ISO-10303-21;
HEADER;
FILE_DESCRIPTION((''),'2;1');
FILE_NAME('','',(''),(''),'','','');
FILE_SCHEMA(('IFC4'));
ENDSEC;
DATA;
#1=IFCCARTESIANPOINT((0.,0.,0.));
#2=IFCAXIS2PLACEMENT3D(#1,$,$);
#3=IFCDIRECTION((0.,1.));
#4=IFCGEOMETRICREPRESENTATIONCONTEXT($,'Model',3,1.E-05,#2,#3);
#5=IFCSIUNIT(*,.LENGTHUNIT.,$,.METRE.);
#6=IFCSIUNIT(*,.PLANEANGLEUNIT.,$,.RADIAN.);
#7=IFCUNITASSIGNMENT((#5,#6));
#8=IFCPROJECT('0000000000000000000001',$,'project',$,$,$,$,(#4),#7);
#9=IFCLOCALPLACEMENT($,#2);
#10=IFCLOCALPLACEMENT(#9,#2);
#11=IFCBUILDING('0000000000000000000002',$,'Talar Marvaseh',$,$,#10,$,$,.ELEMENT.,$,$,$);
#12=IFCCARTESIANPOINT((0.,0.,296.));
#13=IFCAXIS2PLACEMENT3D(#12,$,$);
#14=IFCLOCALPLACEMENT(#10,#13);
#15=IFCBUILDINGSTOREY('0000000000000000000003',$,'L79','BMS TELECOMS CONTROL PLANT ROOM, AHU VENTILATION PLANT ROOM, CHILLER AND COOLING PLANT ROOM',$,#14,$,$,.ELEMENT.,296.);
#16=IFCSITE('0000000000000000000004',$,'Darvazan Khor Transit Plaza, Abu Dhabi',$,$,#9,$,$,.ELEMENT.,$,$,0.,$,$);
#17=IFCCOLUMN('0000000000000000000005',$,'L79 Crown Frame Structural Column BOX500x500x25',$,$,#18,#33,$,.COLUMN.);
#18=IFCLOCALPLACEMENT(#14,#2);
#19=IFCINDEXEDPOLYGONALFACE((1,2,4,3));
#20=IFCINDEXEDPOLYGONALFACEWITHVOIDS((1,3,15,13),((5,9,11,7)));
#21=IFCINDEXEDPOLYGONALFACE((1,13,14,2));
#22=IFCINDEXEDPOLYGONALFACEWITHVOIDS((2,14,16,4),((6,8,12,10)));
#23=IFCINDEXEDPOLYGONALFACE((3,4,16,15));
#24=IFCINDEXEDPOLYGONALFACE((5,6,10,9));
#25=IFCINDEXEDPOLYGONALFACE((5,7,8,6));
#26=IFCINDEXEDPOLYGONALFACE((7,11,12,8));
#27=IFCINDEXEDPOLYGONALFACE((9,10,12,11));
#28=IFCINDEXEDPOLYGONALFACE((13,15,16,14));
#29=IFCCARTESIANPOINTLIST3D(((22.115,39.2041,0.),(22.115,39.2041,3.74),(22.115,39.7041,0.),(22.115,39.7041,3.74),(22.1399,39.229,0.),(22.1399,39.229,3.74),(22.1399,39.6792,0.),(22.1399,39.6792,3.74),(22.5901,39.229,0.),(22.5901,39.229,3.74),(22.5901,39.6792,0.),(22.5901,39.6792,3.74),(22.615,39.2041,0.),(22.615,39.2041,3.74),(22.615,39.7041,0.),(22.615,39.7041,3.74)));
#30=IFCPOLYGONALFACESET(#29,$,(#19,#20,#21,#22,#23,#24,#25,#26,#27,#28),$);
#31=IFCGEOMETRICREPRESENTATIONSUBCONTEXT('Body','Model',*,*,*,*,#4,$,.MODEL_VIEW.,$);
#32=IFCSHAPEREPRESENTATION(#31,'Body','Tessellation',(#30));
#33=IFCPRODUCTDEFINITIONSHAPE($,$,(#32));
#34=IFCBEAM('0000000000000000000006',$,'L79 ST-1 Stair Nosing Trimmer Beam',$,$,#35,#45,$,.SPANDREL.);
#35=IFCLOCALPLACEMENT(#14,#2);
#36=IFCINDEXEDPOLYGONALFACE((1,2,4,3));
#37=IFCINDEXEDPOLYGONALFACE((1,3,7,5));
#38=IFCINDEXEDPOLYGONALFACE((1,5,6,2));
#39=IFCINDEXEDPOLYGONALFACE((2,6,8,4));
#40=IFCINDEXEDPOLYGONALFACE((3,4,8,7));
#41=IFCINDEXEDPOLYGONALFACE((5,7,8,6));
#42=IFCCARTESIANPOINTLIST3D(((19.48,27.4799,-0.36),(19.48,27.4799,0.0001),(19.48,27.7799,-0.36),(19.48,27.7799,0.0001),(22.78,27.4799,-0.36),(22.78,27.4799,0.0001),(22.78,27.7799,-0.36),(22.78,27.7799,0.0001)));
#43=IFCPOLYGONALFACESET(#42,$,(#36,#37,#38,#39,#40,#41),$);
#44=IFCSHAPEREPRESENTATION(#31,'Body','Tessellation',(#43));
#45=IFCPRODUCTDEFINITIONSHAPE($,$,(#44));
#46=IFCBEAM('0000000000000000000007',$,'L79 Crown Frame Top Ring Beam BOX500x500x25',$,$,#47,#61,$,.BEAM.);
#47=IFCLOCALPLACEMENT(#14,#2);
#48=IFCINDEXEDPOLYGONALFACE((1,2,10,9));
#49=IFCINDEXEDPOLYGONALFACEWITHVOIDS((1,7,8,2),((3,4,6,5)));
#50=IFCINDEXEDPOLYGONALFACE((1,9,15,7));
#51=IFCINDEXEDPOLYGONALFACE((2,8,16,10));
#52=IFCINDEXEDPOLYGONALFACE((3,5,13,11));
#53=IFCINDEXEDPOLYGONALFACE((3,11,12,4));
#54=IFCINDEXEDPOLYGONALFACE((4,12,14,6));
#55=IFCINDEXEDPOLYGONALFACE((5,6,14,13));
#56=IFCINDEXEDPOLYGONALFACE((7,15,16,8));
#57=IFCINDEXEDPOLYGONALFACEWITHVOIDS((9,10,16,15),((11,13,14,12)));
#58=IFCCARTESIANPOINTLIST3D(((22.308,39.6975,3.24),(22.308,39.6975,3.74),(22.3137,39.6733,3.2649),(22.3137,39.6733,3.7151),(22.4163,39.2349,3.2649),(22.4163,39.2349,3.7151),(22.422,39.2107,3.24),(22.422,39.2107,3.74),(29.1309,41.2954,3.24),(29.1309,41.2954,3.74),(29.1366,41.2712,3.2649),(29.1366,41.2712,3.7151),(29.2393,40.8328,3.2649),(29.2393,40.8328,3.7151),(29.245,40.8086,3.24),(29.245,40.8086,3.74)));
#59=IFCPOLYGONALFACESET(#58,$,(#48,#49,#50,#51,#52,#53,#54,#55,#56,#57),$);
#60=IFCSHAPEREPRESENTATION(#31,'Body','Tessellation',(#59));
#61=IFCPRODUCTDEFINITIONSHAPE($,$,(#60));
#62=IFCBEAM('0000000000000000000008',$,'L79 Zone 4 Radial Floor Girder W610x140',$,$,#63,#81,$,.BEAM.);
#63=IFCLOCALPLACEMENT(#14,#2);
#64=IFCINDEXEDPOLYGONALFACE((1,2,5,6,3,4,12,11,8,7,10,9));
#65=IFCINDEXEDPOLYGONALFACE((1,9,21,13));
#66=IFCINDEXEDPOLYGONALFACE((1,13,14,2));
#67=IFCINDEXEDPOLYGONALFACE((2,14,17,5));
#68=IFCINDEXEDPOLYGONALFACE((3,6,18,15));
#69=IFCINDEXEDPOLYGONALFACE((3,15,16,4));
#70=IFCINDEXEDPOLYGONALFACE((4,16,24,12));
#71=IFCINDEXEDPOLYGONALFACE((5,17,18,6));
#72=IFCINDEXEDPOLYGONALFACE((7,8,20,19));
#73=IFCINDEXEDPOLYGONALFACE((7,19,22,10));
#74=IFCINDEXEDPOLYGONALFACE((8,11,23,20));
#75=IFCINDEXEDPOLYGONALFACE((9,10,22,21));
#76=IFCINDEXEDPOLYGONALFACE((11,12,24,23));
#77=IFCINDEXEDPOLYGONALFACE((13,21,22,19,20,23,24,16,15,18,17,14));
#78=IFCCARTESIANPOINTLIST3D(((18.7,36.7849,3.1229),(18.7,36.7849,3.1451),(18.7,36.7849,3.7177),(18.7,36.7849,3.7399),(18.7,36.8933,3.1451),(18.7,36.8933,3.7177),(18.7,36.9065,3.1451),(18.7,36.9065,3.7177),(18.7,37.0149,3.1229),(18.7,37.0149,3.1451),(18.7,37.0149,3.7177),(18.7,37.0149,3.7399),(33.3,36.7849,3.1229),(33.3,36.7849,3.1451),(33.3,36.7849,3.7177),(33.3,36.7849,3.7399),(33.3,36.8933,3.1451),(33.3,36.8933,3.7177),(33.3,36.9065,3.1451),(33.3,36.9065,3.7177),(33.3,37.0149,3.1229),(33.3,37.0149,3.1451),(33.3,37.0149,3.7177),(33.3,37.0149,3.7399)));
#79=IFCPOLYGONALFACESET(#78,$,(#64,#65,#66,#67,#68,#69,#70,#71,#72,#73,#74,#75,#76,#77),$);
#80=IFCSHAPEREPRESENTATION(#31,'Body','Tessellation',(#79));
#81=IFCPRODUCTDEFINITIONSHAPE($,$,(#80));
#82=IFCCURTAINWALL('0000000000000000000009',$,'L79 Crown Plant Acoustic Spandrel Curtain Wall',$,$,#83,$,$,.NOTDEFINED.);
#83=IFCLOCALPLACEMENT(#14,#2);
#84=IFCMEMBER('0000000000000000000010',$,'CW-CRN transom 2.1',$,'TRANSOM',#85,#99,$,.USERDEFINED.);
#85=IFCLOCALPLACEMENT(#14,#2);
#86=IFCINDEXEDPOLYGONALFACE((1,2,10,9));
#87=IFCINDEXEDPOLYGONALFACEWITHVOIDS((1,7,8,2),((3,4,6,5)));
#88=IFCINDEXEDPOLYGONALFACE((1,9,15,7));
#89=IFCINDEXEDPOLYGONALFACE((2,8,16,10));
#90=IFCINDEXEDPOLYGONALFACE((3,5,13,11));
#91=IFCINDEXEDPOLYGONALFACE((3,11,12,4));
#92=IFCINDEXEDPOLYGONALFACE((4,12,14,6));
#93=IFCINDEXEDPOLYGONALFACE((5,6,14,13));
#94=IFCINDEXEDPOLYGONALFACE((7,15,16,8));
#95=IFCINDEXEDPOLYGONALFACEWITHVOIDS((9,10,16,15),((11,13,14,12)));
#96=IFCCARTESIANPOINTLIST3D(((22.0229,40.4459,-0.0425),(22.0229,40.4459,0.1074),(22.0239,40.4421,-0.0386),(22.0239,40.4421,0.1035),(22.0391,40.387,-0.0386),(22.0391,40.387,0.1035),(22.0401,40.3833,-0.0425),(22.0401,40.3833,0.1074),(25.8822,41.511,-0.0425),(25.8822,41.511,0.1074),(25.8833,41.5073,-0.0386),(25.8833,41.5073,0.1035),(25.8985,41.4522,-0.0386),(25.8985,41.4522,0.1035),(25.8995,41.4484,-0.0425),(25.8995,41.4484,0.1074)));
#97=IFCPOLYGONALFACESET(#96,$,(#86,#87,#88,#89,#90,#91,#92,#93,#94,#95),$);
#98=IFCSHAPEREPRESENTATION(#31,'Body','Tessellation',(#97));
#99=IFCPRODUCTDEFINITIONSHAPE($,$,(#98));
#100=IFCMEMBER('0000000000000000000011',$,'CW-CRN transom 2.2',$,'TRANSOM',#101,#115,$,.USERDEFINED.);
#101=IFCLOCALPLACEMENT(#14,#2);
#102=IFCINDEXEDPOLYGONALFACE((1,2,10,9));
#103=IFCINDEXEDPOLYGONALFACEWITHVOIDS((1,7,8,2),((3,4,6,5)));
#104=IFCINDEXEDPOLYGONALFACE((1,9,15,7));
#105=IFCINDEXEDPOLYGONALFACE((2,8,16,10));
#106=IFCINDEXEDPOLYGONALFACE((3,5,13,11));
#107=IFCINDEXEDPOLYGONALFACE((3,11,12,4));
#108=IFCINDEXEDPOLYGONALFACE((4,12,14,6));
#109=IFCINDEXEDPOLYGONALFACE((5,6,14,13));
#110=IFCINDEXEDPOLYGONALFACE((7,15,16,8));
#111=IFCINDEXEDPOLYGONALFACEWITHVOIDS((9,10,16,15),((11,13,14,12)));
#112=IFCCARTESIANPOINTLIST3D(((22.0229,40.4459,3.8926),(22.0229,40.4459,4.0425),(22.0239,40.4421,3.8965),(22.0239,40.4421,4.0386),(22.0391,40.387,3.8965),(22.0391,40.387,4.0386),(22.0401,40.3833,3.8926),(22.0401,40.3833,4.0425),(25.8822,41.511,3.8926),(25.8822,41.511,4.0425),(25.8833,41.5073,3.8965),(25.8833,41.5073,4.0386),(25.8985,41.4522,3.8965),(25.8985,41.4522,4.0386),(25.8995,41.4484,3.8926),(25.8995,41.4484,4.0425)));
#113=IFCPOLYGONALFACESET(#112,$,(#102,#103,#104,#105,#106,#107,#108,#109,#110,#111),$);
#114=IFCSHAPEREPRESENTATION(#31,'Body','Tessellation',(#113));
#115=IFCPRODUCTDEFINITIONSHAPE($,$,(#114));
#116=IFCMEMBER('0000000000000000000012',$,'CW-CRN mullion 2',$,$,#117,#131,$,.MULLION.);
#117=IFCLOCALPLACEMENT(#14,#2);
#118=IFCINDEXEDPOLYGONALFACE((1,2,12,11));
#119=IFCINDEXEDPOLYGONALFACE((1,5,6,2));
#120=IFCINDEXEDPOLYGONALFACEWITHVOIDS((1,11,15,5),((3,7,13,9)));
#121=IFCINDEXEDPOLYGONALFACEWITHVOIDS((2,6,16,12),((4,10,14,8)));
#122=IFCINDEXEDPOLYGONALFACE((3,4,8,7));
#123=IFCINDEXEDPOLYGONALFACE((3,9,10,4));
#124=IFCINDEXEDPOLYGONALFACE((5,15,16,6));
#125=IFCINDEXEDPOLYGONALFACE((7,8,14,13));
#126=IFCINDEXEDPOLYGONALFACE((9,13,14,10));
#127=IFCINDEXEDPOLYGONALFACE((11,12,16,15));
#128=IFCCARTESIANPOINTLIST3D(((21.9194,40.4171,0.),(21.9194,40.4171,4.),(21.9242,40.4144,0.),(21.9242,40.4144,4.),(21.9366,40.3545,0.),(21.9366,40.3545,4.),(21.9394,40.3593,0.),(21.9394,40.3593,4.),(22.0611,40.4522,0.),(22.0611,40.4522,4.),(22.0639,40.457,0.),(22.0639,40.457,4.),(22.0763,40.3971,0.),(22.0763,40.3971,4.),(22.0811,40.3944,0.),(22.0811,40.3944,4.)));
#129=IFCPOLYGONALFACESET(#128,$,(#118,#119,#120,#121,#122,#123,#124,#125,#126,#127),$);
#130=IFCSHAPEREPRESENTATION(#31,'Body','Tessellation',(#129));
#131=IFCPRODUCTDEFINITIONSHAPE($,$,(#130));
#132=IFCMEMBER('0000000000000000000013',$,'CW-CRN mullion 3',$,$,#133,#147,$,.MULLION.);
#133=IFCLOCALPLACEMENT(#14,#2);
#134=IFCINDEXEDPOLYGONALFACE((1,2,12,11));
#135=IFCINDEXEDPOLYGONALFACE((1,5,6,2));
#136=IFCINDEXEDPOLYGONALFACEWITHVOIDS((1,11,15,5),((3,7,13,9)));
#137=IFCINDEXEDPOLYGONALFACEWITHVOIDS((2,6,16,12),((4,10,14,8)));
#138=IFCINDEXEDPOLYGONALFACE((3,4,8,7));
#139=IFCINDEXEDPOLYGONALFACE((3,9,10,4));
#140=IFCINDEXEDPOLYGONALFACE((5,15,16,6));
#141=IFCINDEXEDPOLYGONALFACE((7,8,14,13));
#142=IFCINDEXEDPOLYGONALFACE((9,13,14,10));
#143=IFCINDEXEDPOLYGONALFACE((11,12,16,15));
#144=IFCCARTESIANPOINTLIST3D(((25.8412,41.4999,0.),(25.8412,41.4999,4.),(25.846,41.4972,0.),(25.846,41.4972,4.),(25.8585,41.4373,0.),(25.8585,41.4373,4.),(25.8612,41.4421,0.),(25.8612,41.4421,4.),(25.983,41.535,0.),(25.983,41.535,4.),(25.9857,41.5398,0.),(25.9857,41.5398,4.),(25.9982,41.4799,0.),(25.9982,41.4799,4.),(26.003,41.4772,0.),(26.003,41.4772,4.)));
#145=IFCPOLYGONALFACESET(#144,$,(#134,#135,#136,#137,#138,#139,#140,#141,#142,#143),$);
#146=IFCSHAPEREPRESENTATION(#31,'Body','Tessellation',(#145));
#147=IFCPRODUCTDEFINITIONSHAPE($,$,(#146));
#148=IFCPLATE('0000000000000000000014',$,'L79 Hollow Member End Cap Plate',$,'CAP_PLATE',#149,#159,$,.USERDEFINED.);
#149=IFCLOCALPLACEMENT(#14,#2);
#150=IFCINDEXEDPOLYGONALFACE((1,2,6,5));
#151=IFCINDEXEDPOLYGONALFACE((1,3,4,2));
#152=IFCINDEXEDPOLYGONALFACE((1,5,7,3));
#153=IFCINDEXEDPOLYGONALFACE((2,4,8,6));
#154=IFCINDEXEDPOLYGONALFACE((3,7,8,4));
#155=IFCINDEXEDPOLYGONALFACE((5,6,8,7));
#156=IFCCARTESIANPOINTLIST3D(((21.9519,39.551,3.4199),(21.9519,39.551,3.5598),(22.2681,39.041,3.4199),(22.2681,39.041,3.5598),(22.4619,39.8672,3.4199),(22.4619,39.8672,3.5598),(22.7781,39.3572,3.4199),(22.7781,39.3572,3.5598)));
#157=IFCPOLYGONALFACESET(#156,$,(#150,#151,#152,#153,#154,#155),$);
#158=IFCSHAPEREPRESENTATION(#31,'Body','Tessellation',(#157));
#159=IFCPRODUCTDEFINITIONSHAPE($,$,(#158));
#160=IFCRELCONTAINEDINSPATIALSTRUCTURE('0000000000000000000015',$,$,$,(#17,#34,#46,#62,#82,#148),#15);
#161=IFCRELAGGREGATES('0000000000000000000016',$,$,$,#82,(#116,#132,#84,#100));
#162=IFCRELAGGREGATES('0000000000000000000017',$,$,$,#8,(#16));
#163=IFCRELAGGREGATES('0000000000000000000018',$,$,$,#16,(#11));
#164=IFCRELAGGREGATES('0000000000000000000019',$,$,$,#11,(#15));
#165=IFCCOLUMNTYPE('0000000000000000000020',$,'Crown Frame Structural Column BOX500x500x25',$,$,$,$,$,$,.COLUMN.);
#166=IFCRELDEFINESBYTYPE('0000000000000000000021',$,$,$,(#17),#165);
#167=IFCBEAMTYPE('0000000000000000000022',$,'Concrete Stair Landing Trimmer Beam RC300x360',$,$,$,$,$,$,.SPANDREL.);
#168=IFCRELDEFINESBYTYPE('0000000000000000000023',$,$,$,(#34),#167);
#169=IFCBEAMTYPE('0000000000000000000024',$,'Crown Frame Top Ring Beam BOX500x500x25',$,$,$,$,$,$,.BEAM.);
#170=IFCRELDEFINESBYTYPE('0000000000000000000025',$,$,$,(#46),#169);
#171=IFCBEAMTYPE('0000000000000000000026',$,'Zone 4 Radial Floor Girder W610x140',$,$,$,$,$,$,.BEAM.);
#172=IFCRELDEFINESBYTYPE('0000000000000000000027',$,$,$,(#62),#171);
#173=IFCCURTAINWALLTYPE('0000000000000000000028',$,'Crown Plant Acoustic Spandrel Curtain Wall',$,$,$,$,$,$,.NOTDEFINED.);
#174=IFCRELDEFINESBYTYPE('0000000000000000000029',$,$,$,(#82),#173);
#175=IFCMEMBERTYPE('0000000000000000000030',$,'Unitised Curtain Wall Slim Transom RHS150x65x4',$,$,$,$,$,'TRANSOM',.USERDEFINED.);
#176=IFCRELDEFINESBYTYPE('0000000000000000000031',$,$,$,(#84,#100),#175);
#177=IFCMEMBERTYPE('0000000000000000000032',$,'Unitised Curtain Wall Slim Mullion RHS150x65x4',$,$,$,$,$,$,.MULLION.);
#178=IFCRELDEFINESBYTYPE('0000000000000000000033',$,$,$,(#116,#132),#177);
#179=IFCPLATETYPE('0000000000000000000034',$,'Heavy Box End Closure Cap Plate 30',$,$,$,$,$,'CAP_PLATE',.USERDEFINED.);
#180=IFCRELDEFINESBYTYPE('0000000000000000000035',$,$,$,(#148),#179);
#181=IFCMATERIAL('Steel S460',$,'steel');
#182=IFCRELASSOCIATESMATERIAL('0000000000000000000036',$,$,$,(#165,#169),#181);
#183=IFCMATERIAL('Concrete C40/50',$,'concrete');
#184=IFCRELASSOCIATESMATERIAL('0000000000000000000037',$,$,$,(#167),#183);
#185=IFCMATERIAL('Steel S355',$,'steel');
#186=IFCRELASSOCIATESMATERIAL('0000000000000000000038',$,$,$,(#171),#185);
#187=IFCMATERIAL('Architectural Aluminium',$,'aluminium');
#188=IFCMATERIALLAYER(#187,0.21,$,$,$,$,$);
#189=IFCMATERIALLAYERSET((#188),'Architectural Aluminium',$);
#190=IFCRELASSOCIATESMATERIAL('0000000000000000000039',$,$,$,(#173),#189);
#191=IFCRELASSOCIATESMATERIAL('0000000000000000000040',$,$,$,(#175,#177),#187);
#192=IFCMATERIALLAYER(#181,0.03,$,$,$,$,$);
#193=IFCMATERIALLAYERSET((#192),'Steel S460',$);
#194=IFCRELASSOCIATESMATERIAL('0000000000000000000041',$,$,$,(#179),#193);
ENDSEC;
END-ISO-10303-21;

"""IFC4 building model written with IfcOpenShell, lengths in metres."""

from ifc_helpers import new_model, si_unit, direction, frame, origin, origin_2d, place, context, subcontext, project, spatial, rectangle, hollow_rectangle, i_section, extrude, source, transform, mapped, material, layer, layer_set, material_profile, profile_set, type_object, type_shapes, element, aggregate, save


model = new_model("IFC4")

# Units and contexts
model_context = context("Model", 3, precision=1e-05, world=origin(), true_north=direction((0.0, 1.0)))
body_context = subcontext(model_context, "Body", "Model", "MODEL_VIEW")
ifc_project = project(units=[si_unit("LENGTHUNIT", "METRE"), si_unit("PLANEANGLEUNIT", "RADIAN")], contexts=[model_context])

# Site, building, storey
site_placement = place(None, origin())
site = spatial("IfcSite", under=ifc_project, at=site_placement, Name="Darvazan Khor Transit Plaza, Abu Dhabi", CompositionType="ELEMENT", RefElevation=0.0)
building_placement = place(site_placement, origin())
building = spatial("IfcBuilding", under=site, at=building_placement, Name="Talar Marvaseh", CompositionType="ELEMENT")
storey_placement = place(building_placement, frame((0.0, 0.0, 296.0)))
storey = spatial("IfcBuildingStorey", under=building, at=storey_placement, Name="L79", Description="BMS TELECOMS CONTROL PLANT ROOM, AHU VENTILATION PLANT ROOM, CHILLER AND COOLING PLANT ROOM", CompositionType="ELEMENT", Elevation=296.0)

# Column
ifc_material_1 = material(Name="Steel S460", Category="steel")
ifc_material_profile_1 = material_profile(ifc_material_1, hollow_rectangle(XDim=0.5, YDim=0.5, WallThickness=0.0249, at=origin_2d()), Name="BOX500x500x25")
ifc_profile_set_1 = profile_set([ifc_material_profile_1], Name="Steel S460")
column_type = type_object("IfcColumnType", Name="Crown Frame Structural Column BOX500x500x25", PredefinedType="COLUMN", material=ifc_profile_set_1)
column_placement = place(storey_placement, frame((22.365, 39.4541, 0.0), z_axis=(0.0, 0.0, 1.0), x_axis=(1.0, 0.0, 0.0)))
element("IfcColumn", 1, at=column_placement, inside=storey, type_object=column_type, Name="L79 Crown Frame Structural Column BOX500x500x25", PredefinedType="COLUMN", context=body_context, shape_type="SweptSolid", body=[
    extrude(hollow_rectangle(XDim=0.5, YDim=0.5, WallThickness=0.0249, at=origin_2d()), origin(), (0.0, 0.0, 1.0), 3.74),
])

# Beams
ifc_material_2 = material(Name="Concrete C40/50", Category="concrete")
ifc_material_profile_2 = material_profile(ifc_material_2, rectangle(XDim=0.3, YDim=0.3601, at=origin_2d()), Name="RC300x360")
ifc_profile_set_2 = profile_set([ifc_material_profile_2], Name="Concrete C40/50")
beam_type_1 = type_object("IfcBeamType", Name="Concrete Stair Landing Trimmer Beam RC300x360", PredefinedType="SPANDREL", material=ifc_profile_set_2)
beam_1_placement = place(storey_placement, frame((22.78, 27.6299, -0.1799), z_axis=(-1.0, 0.0, 0.0), x_axis=(0.0, -1.0, 0.0)))
element("IfcBeam", 2, at=beam_1_placement, inside=storey, type_object=beam_type_1, Name="L79 ST-1 Stair Nosing Trimmer Beam", PredefinedType="SPANDREL", context=body_context, shape_type="SweptSolid", body=[
    extrude(rectangle(XDim=0.3, YDim=0.3601, at=origin_2d()), origin(), (0.0, 0.0, 1.0), 3.3),
])
ifc_material_profile_3 = material_profile(ifc_material_1, hollow_rectangle(XDim=0.5, YDim=0.5, WallThickness=0.0249, at=origin_2d()), Name="BOX500x500x25")
ifc_profile_set_3 = profile_set([ifc_material_profile_3], Name="Steel S460")
beam_type_2 = type_object("IfcBeamType", Name="Crown Frame Top Ring Beam BOX500x500x25", PredefinedType="BEAM", material=ifc_profile_set_3)
beam_2_placement = place(storey_placement, frame((22.365, 39.4541, 3.49), z_axis=(0.973656, 0.228024, 0.0), x_axis=(-0.228024, 0.973656, 0.0)))
element("IfcBeam", 3, at=beam_2_placement, inside=storey, type_object=beam_type_2, Name="L79 Crown Frame Top Ring Beam BOX500x500x25", PredefinedType="BEAM", context=body_context, shape_type="SweptSolid", body=[
    extrude(hollow_rectangle(XDim=0.5, YDim=0.5, WallThickness=0.0249, at=origin_2d()), origin(), (0.0, 0.0, 1.0), 7.0076),
])
ifc_material_3 = material(Name="Steel S355", Category="steel")
ifc_material_profile_4 = material_profile(ifc_material_3, i_section(OverallWidth=0.23, OverallDepth=0.6169, WebThickness=0.0132, FlangeThickness=0.0222, at=origin_2d()), Name="W610x140")
ifc_profile_set_4 = profile_set([ifc_material_profile_4], Name="Steel S355")
beam_type_3 = type_object("IfcBeamType", Name="Zone 4 Radial Floor Girder W610x140", PredefinedType="BEAM", material=ifc_profile_set_4)
beam_3_placement = place(storey_placement, frame((18.7, 36.8999, 3.4314), z_axis=(1.0, 0.0, 0.0), x_axis=(0.0, 1.0, 0.0)))
element("IfcBeam", 4, at=beam_3_placement, inside=storey, type_object=beam_type_3, Name="L79 Zone 4 Radial Floor Girder W610x140", PredefinedType="BEAM", context=body_context, shape_type="SweptSolid", body=[
    extrude(i_section(OverallWidth=0.23, OverallDepth=0.6169, WebThickness=0.0132, FlangeThickness=0.0222, at=origin_2d()), origin(), (0.0, 0.0, 1.0), 14.6001),
])

# Curtain wall, members
ifc_material_4 = material(Name="Architectural Aluminium", Category="aluminium")
ifc_layer_1 = layer(ifc_material_4, 0.21)
ifc_layer_set_1 = layer_set([ifc_layer_1], Name="Architectural Aluminium")
curtain_wall_type = type_object("IfcCurtainWallType", Name="Crown Plant Acoustic Spandrel Curtain Wall", PredefinedType="NOTDEFINED", material=ifc_layer_set_1)
curtain_wall_placement = place(storey_placement, origin())
curtain_wall = element("IfcCurtainWall", 5, at=curtain_wall_placement, inside=storey, type_object=curtain_wall_type, Name="L79 Crown Plant Acoustic Spandrel Curtain Wall", PredefinedType="NOTDEFINED")
ifc_material_profile_5 = material_profile(ifc_material_4, hollow_rectangle(XDim=0.0649, YDim=0.1499, WallThickness=0.0039, at=origin_2d()), Name="RHS150x65x4")
ifc_profile_set_5 = profile_set([ifc_material_profile_5], Name="Architectural Aluminium")
member_type_1 = type_object("IfcMemberType", Name="Unitised Curtain Wall Slim Transom RHS150x65x4", ElementType="TRANSOM", PredefinedType="USERDEFINED", material=ifc_profile_set_5)
shared_shape_1 = source(origin(), body_context, "Body", "SweptSolid", [
    extrude(hollow_rectangle(XDim=0.0649, YDim=0.1499, WallThickness=0.0039, at=origin_2d()), origin(), (0.0, 0.0, 1.0), 4.0037),
])
type_shapes(member_type_1, [shared_shape_1])
member_1_placement = place(storey_placement, frame((22.0315, 40.4146, 0.0325), z_axis=(0.963959, 0.266052, 0.0), x_axis=(-0.266052, 0.963959, 0.0)))
member_1 = element("IfcMember", 6, at=member_1_placement, type_object=member_type_1, Name="CW-CRN transom 2.1", ObjectType="TRANSOM", PredefinedType="USERDEFINED", context=body_context, shape_type="MappedRepresentation", body=[
    mapped(shared_shape_1, transform((0.0, 0.0, 0.0), x_axis=(1.0, 0.0, 0.0), y_axis=(0.0, 1.0, 0.0), z_axis=(0.0, 0.0, 1.0), scale=1.0)),
])
member_2_placement = place(storey_placement, frame((22.0315, 40.4146, 3.9675), z_axis=(0.963959, 0.266052, 0.0), x_axis=(-0.266052, 0.963959, 0.0)))
member_2 = element("IfcMember", 7, at=member_2_placement, type_object=member_type_1, Name="CW-CRN transom 2.2", ObjectType="TRANSOM", PredefinedType="USERDEFINED", context=body_context, shape_type="MappedRepresentation", body=[
    mapped(shared_shape_1, transform((0.0, 0.0, 0.0), x_axis=(1.0, 0.0, 0.0), y_axis=(0.0, 1.0, 0.0), z_axis=(0.0, 0.0, 1.0), scale=1.0)),
])
ifc_material_profile_6 = material_profile(ifc_material_4, hollow_rectangle(XDim=0.0649, YDim=0.1499, WallThickness=0.0039, at=origin_2d()), Name="RHS150x65x4")
ifc_profile_set_6 = profile_set([ifc_material_profile_6], Name="Architectural Aluminium")
member_type_2 = type_object("IfcMemberType", Name="Unitised Curtain Wall Slim Mullion RHS150x65x4", PredefinedType="MULLION", material=ifc_profile_set_6)
shared_shape_2 = source(origin(), body_context, "Body", "SweptSolid", [
    extrude(hollow_rectangle(XDim=0.0649, YDim=0.1499, WallThickness=0.0039, at=origin_2d()), origin(), (0.0, 0.0, 1.0), 4.0),
])
type_shapes(member_type_2, [shared_shape_2])
member_3_placement = place(storey_placement, frame((22.0002, 40.4058, 0.0), z_axis=(0.0, 0.0, 1.0), x_axis=(-0.266091, 0.963948, 0.0)))
member_3 = element("IfcMember", 8, at=member_3_placement, type_object=member_type_2, Name="CW-CRN mullion 2", PredefinedType="MULLION", context=body_context, shape_type="MappedRepresentation", body=[
    mapped(shared_shape_2, transform((0.0, 0.0, 0.0), x_axis=(1.0, 0.0, 0.0), y_axis=(0.0, 1.0, 0.0), z_axis=(0.0, 0.0, 1.0), scale=1.0)),
])
member_4_placement = place(storey_placement, frame((25.9221, 41.4885, 0.0), z_axis=(0.0, 0.0, 1.0), x_axis=(-0.266091, 0.963948, 0.0)))
member_4 = element("IfcMember", 9, at=member_4_placement, type_object=member_type_2, Name="CW-CRN mullion 3", PredefinedType="MULLION", context=body_context, shape_type="MappedRepresentation", body=[
    mapped(shared_shape_2, transform((0.0, 0.0, 0.0), x_axis=(1.0, 0.0, 0.0), y_axis=(0.0, 1.0, 0.0), z_axis=(0.0, 0.0, 1.0), scale=1.0)),
])

# Plate
ifc_layer_2 = layer(ifc_material_1, 0.03)
ifc_layer_set_2 = layer_set([ifc_layer_2], Name="Steel S460")
plate_type_1 = type_object("IfcPlateType", Name="Heavy Box End Closure Cap Plate 30", ElementType="CAP_PLATE", PredefinedType="USERDEFINED", material=ifc_layer_set_2)
shared_shape_3 = source(origin(), body_context, "Body", "SweptSolid", [
    extrude(rectangle(XDim=0.6001, YDim=0.6001, at=origin_2d()), origin(), (0.0, 0.0, 1.0), 0.1399),
])
type_shapes(plate_type_1, [shared_shape_3])
plate_1_placement = place(storey_placement, frame((22.365, 39.4541, 3.4199), z_axis=(0.0, 0.0, 1.0), x_axis=(0.849893, 0.526956, 0.0)))
element("IfcPlate", 10, at=plate_1_placement, inside=storey, type_object=plate_type_1, Name="L79 Hollow Member End Cap Plate", ObjectType="CAP_PLATE", PredefinedType="USERDEFINED", context=body_context, shape_type="MappedRepresentation", body=[
    mapped(shared_shape_3, transform((0.0, 0.0, 0.0), x_axis=(1.0, 0.0, 0.0), y_axis=(0.0, 1.0, 0.0), z_axis=(0.0, 0.0, 1.0), scale=1.0)),
])
aggregate(curtain_wall, [member_3, member_4, member_1, member_2])

save(model, "model.ifc")
